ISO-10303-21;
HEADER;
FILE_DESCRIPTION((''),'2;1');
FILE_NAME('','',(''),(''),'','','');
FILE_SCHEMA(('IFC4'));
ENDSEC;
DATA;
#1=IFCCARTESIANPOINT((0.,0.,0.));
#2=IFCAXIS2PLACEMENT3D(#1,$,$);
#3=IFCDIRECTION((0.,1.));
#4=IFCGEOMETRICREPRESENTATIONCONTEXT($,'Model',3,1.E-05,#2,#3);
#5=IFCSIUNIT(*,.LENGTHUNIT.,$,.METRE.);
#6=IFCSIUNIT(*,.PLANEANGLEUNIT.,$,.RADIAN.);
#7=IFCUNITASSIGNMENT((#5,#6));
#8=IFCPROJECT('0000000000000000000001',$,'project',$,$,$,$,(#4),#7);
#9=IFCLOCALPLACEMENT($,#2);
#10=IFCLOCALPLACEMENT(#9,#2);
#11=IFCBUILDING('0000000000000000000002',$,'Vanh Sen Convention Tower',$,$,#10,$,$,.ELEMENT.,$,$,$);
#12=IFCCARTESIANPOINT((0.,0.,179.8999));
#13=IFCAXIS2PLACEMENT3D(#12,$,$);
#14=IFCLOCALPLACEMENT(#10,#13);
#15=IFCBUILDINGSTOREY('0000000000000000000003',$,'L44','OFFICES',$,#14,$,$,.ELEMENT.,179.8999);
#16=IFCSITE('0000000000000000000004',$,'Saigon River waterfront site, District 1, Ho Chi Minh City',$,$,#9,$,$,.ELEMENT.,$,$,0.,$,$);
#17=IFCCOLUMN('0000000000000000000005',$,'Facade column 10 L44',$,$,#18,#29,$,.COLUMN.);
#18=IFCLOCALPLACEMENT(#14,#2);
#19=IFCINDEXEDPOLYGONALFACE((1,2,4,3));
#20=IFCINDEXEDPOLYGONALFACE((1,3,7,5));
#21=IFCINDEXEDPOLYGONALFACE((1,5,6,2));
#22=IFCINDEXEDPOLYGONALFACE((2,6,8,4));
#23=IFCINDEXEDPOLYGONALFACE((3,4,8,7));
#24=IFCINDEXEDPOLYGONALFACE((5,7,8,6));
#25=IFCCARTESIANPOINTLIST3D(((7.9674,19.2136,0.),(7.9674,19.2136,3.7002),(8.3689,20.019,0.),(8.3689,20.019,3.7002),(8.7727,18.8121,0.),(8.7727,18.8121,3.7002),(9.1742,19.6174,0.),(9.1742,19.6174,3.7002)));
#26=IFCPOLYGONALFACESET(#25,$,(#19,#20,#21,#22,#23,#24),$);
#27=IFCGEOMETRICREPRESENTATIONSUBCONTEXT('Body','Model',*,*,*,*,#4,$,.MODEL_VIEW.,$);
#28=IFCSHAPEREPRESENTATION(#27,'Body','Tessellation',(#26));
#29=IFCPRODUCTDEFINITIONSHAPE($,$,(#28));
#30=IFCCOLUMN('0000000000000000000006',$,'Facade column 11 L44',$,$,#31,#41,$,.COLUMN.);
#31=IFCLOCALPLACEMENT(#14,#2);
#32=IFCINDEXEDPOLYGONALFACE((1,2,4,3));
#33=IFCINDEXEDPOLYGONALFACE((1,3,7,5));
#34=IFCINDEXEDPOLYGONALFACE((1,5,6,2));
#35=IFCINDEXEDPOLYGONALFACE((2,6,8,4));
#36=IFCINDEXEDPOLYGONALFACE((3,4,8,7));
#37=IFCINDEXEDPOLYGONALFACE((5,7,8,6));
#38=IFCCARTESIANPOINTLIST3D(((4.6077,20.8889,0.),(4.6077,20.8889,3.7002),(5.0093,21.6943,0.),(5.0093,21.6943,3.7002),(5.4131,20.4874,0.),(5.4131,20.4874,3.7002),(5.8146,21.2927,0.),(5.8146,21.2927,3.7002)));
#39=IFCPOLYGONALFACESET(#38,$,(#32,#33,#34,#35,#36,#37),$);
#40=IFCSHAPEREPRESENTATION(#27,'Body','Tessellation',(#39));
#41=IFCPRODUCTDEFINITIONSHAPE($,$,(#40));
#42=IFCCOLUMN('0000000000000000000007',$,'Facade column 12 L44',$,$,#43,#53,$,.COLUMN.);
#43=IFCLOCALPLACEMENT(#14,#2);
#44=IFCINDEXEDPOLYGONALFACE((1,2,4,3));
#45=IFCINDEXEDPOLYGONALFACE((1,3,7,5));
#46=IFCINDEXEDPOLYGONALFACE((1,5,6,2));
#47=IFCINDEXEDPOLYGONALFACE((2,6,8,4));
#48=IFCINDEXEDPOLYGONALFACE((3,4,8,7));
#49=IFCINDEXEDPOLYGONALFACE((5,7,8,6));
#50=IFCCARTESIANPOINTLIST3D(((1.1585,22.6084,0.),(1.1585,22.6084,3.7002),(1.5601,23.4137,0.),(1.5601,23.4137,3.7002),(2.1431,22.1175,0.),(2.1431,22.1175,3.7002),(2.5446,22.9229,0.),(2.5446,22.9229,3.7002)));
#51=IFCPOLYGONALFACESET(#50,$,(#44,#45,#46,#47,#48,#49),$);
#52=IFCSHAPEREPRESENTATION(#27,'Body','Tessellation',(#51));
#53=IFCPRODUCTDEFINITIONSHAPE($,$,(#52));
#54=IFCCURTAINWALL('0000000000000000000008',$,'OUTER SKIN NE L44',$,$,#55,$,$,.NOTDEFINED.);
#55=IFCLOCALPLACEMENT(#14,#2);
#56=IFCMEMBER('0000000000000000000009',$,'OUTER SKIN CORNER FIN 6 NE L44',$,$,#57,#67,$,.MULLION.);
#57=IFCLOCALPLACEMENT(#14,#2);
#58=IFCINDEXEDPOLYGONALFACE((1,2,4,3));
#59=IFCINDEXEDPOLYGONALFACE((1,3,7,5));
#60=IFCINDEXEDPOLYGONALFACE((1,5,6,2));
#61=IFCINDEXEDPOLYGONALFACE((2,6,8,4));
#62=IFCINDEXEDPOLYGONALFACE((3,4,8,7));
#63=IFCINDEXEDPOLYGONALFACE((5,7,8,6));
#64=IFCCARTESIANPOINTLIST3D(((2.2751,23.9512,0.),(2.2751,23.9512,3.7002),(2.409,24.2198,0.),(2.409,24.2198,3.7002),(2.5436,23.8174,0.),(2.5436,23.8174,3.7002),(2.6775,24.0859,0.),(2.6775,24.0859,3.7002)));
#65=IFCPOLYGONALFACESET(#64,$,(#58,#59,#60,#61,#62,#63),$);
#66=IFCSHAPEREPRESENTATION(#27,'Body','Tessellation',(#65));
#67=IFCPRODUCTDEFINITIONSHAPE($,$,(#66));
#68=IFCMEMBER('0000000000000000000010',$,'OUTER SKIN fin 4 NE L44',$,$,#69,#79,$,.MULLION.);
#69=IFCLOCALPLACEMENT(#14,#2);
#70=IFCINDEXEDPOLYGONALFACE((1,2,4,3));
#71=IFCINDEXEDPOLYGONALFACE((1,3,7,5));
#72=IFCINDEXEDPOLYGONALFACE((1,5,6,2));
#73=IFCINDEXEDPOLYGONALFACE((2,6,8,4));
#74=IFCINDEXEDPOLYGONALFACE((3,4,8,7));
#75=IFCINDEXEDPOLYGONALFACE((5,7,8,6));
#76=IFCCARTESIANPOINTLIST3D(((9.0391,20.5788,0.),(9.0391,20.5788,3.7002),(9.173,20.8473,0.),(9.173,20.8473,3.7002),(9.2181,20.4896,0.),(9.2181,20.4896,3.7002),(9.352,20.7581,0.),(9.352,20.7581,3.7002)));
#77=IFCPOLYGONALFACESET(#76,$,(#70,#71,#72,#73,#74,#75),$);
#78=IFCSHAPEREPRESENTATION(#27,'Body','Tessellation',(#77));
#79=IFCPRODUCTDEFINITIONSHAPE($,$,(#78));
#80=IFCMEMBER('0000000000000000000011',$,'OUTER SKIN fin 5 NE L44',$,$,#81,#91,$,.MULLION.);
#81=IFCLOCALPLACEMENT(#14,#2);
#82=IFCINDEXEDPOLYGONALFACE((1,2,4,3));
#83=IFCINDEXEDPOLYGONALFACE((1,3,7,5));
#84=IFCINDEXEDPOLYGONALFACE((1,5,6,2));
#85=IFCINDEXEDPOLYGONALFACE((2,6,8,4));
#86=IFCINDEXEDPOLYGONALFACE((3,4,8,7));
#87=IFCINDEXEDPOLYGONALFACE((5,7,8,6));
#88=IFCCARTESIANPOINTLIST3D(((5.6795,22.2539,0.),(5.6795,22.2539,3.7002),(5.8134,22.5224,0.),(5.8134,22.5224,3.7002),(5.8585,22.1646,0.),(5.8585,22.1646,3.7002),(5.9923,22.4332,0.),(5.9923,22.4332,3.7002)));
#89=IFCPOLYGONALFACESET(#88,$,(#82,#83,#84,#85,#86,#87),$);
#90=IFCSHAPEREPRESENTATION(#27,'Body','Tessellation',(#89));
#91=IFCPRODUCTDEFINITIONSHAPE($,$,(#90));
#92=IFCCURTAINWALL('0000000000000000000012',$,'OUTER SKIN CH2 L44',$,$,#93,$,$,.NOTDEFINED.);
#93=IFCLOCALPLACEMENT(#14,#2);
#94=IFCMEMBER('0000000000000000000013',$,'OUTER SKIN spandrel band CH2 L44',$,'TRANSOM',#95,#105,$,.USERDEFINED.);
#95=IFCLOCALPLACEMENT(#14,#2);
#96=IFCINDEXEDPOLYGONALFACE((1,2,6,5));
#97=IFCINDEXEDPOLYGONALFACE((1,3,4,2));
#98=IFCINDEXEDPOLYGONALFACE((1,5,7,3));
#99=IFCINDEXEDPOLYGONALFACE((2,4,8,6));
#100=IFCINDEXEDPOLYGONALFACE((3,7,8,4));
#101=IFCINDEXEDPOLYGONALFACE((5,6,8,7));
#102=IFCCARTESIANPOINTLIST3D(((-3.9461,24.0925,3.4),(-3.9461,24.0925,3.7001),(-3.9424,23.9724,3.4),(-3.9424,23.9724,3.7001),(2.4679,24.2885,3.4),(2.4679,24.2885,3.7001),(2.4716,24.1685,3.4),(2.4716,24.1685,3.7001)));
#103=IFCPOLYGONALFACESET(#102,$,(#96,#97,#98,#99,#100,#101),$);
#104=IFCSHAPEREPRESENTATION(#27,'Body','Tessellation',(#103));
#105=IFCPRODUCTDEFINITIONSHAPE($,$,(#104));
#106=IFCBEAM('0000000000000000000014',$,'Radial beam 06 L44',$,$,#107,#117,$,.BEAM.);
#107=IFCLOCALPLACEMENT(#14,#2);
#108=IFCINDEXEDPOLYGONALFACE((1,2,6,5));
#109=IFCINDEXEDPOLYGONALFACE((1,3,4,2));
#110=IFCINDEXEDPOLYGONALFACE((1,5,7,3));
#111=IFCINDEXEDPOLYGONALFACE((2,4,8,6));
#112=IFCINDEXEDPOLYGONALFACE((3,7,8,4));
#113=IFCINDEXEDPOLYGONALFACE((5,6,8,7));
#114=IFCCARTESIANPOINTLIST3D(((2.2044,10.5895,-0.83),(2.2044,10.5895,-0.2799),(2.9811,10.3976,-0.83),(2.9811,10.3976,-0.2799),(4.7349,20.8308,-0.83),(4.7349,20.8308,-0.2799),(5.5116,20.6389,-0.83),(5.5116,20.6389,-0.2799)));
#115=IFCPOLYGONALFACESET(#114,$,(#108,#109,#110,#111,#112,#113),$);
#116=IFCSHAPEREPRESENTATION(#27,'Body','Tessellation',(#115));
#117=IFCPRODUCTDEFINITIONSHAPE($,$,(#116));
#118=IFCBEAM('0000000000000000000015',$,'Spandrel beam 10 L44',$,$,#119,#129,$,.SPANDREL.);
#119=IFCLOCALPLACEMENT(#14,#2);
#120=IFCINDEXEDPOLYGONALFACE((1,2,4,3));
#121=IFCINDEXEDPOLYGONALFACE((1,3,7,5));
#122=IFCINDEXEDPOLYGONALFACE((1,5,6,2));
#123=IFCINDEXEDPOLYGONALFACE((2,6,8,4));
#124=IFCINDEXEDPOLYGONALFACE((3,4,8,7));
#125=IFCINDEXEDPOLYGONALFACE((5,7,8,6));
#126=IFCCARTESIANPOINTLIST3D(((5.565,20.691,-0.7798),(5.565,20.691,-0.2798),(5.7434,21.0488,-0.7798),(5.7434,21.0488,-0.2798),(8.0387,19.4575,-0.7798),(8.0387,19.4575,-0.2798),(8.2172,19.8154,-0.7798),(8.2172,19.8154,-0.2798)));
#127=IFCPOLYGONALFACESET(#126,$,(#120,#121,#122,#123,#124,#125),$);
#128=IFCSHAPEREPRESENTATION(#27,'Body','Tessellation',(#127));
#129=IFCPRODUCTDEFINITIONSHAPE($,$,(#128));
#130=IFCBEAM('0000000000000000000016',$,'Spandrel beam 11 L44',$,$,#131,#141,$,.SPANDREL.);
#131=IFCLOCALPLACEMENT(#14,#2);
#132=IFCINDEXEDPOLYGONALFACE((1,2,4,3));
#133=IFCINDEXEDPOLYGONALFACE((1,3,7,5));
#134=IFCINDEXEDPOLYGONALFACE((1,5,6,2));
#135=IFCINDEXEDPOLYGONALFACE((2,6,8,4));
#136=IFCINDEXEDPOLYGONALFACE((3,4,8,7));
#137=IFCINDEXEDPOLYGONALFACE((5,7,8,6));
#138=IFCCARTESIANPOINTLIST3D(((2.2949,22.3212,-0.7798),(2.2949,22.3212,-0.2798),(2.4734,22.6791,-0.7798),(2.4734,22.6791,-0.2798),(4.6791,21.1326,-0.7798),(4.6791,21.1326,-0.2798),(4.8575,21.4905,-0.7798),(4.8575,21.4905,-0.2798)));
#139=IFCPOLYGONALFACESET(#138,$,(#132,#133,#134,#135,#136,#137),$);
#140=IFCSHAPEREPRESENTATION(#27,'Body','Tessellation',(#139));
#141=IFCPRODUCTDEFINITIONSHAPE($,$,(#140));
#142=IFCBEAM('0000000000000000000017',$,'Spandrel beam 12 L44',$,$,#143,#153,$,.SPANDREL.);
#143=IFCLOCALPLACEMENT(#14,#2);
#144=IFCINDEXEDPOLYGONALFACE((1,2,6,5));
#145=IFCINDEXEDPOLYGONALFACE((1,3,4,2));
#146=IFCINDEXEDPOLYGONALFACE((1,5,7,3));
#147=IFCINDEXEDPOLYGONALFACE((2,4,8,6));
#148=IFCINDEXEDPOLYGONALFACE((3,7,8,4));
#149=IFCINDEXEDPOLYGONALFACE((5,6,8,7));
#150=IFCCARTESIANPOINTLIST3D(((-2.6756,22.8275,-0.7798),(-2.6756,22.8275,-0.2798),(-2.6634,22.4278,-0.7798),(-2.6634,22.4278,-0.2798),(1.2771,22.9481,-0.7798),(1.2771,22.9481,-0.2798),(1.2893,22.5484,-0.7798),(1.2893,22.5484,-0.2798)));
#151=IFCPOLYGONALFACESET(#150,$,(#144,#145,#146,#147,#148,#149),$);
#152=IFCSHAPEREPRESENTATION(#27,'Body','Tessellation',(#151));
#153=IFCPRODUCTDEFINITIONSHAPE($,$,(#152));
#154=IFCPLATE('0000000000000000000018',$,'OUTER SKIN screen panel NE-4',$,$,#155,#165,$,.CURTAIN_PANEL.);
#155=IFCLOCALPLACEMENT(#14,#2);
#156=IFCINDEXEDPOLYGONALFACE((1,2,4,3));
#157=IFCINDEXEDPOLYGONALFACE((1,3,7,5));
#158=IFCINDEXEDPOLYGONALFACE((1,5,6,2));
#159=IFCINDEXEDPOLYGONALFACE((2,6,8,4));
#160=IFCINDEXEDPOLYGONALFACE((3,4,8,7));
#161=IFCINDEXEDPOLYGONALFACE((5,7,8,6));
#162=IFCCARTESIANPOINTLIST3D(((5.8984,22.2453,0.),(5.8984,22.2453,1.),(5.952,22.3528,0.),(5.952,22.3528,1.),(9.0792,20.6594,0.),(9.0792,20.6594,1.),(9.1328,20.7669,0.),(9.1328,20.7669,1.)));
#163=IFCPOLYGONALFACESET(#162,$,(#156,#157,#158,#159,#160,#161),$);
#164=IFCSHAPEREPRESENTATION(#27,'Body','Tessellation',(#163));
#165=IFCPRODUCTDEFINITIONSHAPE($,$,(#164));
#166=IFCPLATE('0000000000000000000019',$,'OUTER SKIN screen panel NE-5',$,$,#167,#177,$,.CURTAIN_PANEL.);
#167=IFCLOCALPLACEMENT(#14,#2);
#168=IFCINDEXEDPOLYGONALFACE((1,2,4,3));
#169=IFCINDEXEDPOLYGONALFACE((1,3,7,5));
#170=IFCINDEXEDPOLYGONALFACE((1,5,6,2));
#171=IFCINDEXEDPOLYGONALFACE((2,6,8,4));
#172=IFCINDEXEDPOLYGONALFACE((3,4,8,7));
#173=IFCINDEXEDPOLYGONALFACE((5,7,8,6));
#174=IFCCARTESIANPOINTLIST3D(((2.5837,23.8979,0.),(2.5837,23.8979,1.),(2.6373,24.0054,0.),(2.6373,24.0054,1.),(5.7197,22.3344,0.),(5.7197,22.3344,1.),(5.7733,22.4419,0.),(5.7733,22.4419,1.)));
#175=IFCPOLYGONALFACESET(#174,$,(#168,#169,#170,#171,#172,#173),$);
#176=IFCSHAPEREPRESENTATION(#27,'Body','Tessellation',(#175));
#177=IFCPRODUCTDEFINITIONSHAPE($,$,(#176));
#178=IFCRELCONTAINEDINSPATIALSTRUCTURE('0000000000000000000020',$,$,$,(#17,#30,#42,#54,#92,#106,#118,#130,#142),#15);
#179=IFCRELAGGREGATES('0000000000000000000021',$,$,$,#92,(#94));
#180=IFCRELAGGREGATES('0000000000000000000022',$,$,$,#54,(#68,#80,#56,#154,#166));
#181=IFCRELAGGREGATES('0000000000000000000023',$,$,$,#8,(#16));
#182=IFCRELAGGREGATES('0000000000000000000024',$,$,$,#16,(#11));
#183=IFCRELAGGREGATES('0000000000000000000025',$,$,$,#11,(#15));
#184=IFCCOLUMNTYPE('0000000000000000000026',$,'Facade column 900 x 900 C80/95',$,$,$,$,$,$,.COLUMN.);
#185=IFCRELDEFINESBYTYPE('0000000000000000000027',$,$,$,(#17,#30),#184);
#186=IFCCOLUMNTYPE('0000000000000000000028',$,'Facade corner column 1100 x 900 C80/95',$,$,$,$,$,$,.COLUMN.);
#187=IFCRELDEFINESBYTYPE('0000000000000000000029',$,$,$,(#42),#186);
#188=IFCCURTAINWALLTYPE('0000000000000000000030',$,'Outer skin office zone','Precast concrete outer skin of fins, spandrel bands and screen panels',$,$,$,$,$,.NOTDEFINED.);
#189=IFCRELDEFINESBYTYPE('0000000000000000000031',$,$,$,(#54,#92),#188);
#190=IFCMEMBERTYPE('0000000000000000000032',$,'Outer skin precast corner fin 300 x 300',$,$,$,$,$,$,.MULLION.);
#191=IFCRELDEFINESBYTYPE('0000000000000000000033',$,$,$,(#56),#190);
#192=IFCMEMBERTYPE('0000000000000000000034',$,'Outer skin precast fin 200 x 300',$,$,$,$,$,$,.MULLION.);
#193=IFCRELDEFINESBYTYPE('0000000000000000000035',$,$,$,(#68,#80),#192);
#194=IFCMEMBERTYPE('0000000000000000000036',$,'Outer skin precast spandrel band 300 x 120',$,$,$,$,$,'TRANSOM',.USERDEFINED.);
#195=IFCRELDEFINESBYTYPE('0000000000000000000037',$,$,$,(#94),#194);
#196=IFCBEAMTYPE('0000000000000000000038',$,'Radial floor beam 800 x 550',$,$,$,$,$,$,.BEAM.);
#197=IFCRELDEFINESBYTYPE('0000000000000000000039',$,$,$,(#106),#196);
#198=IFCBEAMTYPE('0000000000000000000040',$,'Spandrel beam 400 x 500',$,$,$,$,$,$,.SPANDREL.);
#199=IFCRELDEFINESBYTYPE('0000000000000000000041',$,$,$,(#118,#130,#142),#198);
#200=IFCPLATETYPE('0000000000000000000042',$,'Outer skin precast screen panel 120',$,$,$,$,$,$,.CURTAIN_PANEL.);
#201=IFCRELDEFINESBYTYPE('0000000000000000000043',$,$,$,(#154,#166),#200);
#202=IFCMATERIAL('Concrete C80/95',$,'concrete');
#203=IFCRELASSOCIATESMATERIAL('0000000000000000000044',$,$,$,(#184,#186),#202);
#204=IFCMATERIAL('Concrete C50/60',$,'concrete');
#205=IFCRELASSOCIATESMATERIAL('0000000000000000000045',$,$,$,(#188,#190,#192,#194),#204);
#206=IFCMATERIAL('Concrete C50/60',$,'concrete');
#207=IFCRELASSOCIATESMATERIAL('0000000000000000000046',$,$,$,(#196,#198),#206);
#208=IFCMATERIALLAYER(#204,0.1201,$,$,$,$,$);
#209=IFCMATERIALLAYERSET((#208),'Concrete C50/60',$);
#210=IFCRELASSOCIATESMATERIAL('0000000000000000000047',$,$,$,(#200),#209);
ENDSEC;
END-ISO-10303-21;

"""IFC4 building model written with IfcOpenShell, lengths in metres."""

from ifc_helpers import new_model, si_unit, direction, frame, origin, origin_2d, place, context, subcontext, project, spatial, rectangle, extrude, material, layer, layer_set, material_profile, profile_set, type_object, element, aggregate, save


model = new_model("IFC4")

# Units and contexts
model_context = context("Model", 3, precision=1e-05, world=origin(), true_north=direction((0.0, 1.0)))
body_context = subcontext(model_context, "Body", "Model", "MODEL_VIEW")
ifc_project = project(units=[si_unit("LENGTHUNIT", "METRE"), si_unit("PLANEANGLEUNIT", "RADIAN")], contexts=[model_context])

# Site, building, storey
site_placement = place(None, origin())
site = spatial("IfcSite", under=ifc_project, at=site_placement, Name="Saigon River waterfront site, District 1, Ho Chi Minh City", CompositionType="ELEMENT", RefElevation=0.0)
building_placement = place(site_placement, origin())
building = spatial("IfcBuilding", under=site, at=building_placement, Name="Vanh Sen Convention Tower", CompositionType="ELEMENT")
storey_placement = place(building_placement, frame((0.0, 0.0, 179.8999)))
storey = spatial("IfcBuildingStorey", under=building, at=storey_placement, Name="L44", Description="OFFICES", CompositionType="ELEMENT", Elevation=179.8999)

# Columns
ifc_material_1 = material(Name="Concrete C80/95", Category="concrete")
ifc_material_profile_1 = material_profile(ifc_material_1, rectangle(XDim=0.8999, YDim=0.8999, at=origin_2d()), Name="RC 900X900")
ifc_profile_set_1 = profile_set([ifc_material_profile_1], Name="Concrete C80/95")
column_type_1 = type_object("IfcColumnType", Name="Facade column 900 x 900 C80/95", PredefinedType="COLUMN", material=ifc_profile_set_1)
for number, where, z_axis, x_axis, name in (
    (1, (8.5708, 19.4155, 0.0), (0.0, 0.0, 1.0), (-0.894934, 0.446198, 0.0), "Facade column 10 L44"),
    (2, (5.2112, 21.0908, 0.0), (0.0, 0.0, 1.0), (-0.894934, 0.446198, 0.0), "Facade column 11 L44"),
):
    element("IfcColumn", number, at=place(storey_placement, frame(where, z_axis=z_axis, x_axis=x_axis)), inside=storey, type_object=column_type_1, Name=name, PredefinedType="COLUMN", context=body_context, shape_type="SweptSolid", body=[
        extrude(rectangle(XDim=0.8999, YDim=0.8999, at=origin_2d()), origin(), (0.0, 0.0, 1.0), 3.7002),
    ])
ifc_material_profile_2 = material_profile(ifc_material_1, rectangle(XDim=1.1001, YDim=0.8999, at=origin_2d()), Name="RC 1100X900")
ifc_profile_set_2 = profile_set([ifc_material_profile_2], Name="Concrete C80/95")
column_type_2 = type_object("IfcColumnType", Name="Facade corner column 1100 x 900 C80/95", PredefinedType="COLUMN", material=ifc_profile_set_2)
column_placement = place(storey_placement, frame((1.8516, 22.7656, 0.0), z_axis=(0.0, 0.0, 1.0), x_axis=(-0.894934, 0.446198, 0.0)))
element("IfcColumn", 3, at=column_placement, inside=storey, type_object=column_type_2, Name="Facade column 12 L44", PredefinedType="COLUMN", context=body_context, shape_type="SweptSolid", body=[
    extrude(rectangle(XDim=1.1001, YDim=0.8999, at=origin_2d()), origin(), (0.0, 0.0, 1.0), 3.7002),
])

# Curtain wall, members
ifc_material_2 = material(Name="Concrete C50/60", Category="concrete")
curtain_wall_type = type_object("IfcCurtainWallType", Name="Outer skin office zone", Description="Precast concrete outer skin of fins, spandrel bands and screen panels", PredefinedType="NOTDEFINED", material=ifc_material_2)
curtain_wall_1_placement = place(storey_placement, origin())
curtain_wall_1 = element("IfcCurtainWall", 4, at=curtain_wall_1_placement, inside=storey, type_object=curtain_wall_type, Name="OUTER SKIN NE L44", PredefinedType="NOTDEFINED")
ifc_material_profile_3 = material_profile(ifc_material_2, rectangle(XDim=0.3, YDim=0.3, at=origin_2d()), Name="Outer skin precast corner fin 300 x 300")
ifc_profile_set_3 = profile_set([ifc_material_profile_3], Name="Concrete C50/60")
member_type_1 = type_object("IfcMemberType", Name="Outer skin precast corner fin 300 x 300", PredefinedType="MULLION", material=ifc_profile_set_3)
member_1_placement = place(storey_placement, frame((2.4763, 24.0186, 0.0), z_axis=(0.0, 0.0, 1.0), x_axis=(-0.894934, 0.446198, 0.0)))
member_1 = element("IfcMember", 5, at=member_1_placement, type_object=member_type_1, Name="OUTER SKIN CORNER FIN 6 NE L44", PredefinedType="MULLION", context=body_context, shape_type="SweptSolid", body=[
    extrude(rectangle(XDim=0.3, YDim=0.3, at=origin_2d()), origin(), (0.0, 0.0, 1.0), 3.7002),
])
ifc_material_profile_4 = material_profile(ifc_material_2, rectangle(XDim=0.2, YDim=0.3, at=origin_2d()), Name="Outer skin precast fin 200 x 300")
ifc_profile_set_4 = profile_set([ifc_material_profile_4], Name="Concrete C50/60")
member_type_2 = type_object("IfcMemberType", Name="Outer skin precast fin 200 x 300", PredefinedType="MULLION", material=ifc_profile_set_4)
member_2_placement = place(storey_placement, frame((9.1956, 20.6685, 0.0), z_axis=(0.0, 0.0, 1.0), x_axis=(-0.894934, 0.446198, 0.0)))
member_2 = element("IfcMember", 6, at=member_2_placement, type_object=member_type_2, Name="OUTER SKIN fin 4 NE L44", PredefinedType="MULLION", context=body_context, shape_type="SweptSolid", body=[
    extrude(rectangle(XDim=0.2, YDim=0.3, at=origin_2d()), origin(), (0.0, 0.0, 1.0), 3.7002),
])
member_3_placement = place(storey_placement, frame((5.8359, 22.3435, 0.0), z_axis=(0.0, 0.0, 1.0), x_axis=(-0.894934, 0.446198, 0.0)))
member_3 = element("IfcMember", 7, at=member_3_placement, type_object=member_type_2, Name="OUTER SKIN fin 5 NE L44", PredefinedType="MULLION", context=body_context, shape_type="SweptSolid", body=[
    extrude(rectangle(XDim=0.2, YDim=0.3, at=origin_2d()), origin(), (0.0, 0.0, 1.0), 3.7002),
])

# Curtain wall, member
curtain_wall_2_placement = place(storey_placement, origin())
curtain_wall_2 = element("IfcCurtainWall", 8, at=curtain_wall_2_placement, inside=storey, type_object=curtain_wall_type, Name="OUTER SKIN CH2 L44", PredefinedType="NOTDEFINED")
ifc_material_profile_5 = material_profile(ifc_material_2, rectangle(XDim=0.1201, YDim=0.3, at=origin_2d()), Name="Outer skin precast spandrel band 300 x 120")
ifc_profile_set_5 = profile_set([ifc_material_profile_5], Name="Concrete C50/60")
member_type_3 = type_object("IfcMemberType", Name="Outer skin precast spandrel band 300 x 120", ElementType="TRANSOM", PredefinedType="USERDEFINED", material=ifc_profile_set_5)
member_4_placement = place(storey_placement, frame((2.4697, 24.2285, 3.55), z_axis=(-0.999533, -0.030551, 0.0), x_axis=(0.030551, -0.999533, 0.0)))
member_4 = element("IfcMember", 9, at=member_4_placement, type_object=member_type_3, Name="OUTER SKIN spandrel band CH2 L44", ObjectType="TRANSOM", PredefinedType="USERDEFINED", context=body_context, shape_type="SweptSolid", body=[
    extrude(rectangle(XDim=0.1201, YDim=0.3, at=origin_2d()), origin(), (0.0, 0.0, 1.0), 6.417),
])
aggregate(curtain_wall_2, [member_4])

# Beams
ifc_material_3 = material(Name="Concrete C50/60", Category="concrete")
ifc_material_profile_6 = material_profile(ifc_material_3, rectangle(XDim=0.8, YDim=0.55, at=origin_2d()), Name="RC 800X550")
ifc_profile_set_6 = profile_set([ifc_material_profile_6], Name="Concrete C50/60")
beam_type_1 = type_object("IfcBeamType", Name="Radial floor beam 800 x 550", PredefinedType="BEAM", material=ifc_profile_set_6)
beam_1_placement = place(storey_placement, frame((5.1233, 20.7349, -0.5549), z_axis=(-0.239877, -0.970803, 0.0), x_axis=(0.970803, -0.239877, 0.0)))
element("IfcBeam", 10, at=beam_1_placement, inside=storey, type_object=beam_type_1, Name="Radial beam 06 L44", PredefinedType="BEAM", context=body_context, shape_type="SweptSolid", body=[
    extrude(rectangle(XDim=0.8, YDim=0.55, at=origin_2d()), origin(), (0.0, 0.0, 1.0), 10.5493),
])
ifc_material_profile_7 = material_profile(ifc_material_3, rectangle(XDim=0.3999, YDim=0.5, at=origin_2d()), Name="RC 400X500")
ifc_profile_set_7 = profile_set([ifc_material_profile_7], Name="Concrete C50/60")
beam_type_2 = type_object("IfcBeamType", Name="Spandrel beam 400 x 500", PredefinedType="SPANDREL", material=ifc_profile_set_7)
beam_2_placement = place(storey_placement, frame((8.1279, 19.6365, -0.5298), z_axis=(-0.894921, 0.446224, 0.0), x_axis=(-0.446224, -0.894921, 0.0)))
element("IfcBeam", 11, at=beam_2_placement, inside=storey, type_object=beam_type_2, Name="Spandrel beam 10 L44", PredefinedType="SPANDREL", context=body_context, shape_type="SweptSolid", body=[
    extrude(rectangle(XDim=0.3999, YDim=0.5, at=origin_2d()), origin(), (0.0, 0.0, 1.0), 2.7642),
])
beam_3_placement = place(storey_placement, frame((4.7683, 21.3115, -0.5298), z_axis=(-0.89494, 0.446187, 0.0), x_axis=(-0.446187, -0.89494, 0.0)))
element("IfcBeam", 12, at=beam_3_placement, inside=storey, type_object=beam_type_2, Name="Spandrel beam 11 L44", PredefinedType="SPANDREL", context=body_context, shape_type="SweptSolid", body=[
    extrude(rectangle(XDim=0.3999, YDim=0.5, at=origin_2d()), origin(), (0.0, 0.0, 1.0), 2.6641),
])
beam_4_placement = place(storey_placement, frame((1.2832, 22.7483, -0.5298), z_axis=(-0.999535, -0.030498, 0.0), x_axis=(0.030498, -0.999535, 0.0)))
element("IfcBeam", 13, at=beam_4_placement, inside=storey, type_object=beam_type_2, Name="Spandrel beam 12 L44", PredefinedType="SPANDREL", context=body_context, shape_type="SweptSolid", body=[
    extrude(rectangle(XDim=0.3999, YDim=0.5, at=origin_2d()), origin(), (0.0, 0.0, 1.0), 3.9546),
])

# Plates
ifc_layer_1 = layer(ifc_material_2, 0.1201)
ifc_layer_set_1 = layer_set([ifc_layer_1], Name="Concrete C50/60")
plate_type = type_object("IfcPlateType", Name="Outer skin precast screen panel 120", PredefinedType="CURTAIN_PANEL", material=ifc_layer_set_1)
plate_1_placement = place(storey_placement, frame((7.5156, 21.5061, 0.0), z_axis=(0.0, 0.0, 1.0), x_axis=(-0.894933, 0.446201, 0.0)))
plate_1 = element("IfcPlate", 14, at=plate_1_placement, type_object=plate_type, Name="OUTER SKIN screen panel NE-4", PredefinedType="CURTAIN_PANEL", context=body_context, shape_type="SweptSolid", body=[
    extrude(rectangle(XDim=3.5542, YDim=0.1201, at=origin_2d()), origin(), (0.0, 0.0, 1.0), 1.0),
])
plate_2_placement = place(storey_placement, frame((4.1785, 23.1699, 0.0), z_axis=(0.0, 0.0, 1.0), x_axis=(-0.894944, 0.446179, 0.0)))
plate_2 = element("IfcPlate", 15, at=plate_2_placement, type_object=plate_type, Name="OUTER SKIN screen panel NE-5", PredefinedType="CURTAIN_PANEL", context=body_context, shape_type="SweptSolid", body=[
    extrude(rectangle(XDim=3.5042, YDim=0.1201, at=origin_2d()), origin(), (0.0, 0.0, 1.0), 1.0),
])
aggregate(curtain_wall_1, [member_2, member_3, member_1, plate_1, plate_2])

save(model, "model.ifc")
